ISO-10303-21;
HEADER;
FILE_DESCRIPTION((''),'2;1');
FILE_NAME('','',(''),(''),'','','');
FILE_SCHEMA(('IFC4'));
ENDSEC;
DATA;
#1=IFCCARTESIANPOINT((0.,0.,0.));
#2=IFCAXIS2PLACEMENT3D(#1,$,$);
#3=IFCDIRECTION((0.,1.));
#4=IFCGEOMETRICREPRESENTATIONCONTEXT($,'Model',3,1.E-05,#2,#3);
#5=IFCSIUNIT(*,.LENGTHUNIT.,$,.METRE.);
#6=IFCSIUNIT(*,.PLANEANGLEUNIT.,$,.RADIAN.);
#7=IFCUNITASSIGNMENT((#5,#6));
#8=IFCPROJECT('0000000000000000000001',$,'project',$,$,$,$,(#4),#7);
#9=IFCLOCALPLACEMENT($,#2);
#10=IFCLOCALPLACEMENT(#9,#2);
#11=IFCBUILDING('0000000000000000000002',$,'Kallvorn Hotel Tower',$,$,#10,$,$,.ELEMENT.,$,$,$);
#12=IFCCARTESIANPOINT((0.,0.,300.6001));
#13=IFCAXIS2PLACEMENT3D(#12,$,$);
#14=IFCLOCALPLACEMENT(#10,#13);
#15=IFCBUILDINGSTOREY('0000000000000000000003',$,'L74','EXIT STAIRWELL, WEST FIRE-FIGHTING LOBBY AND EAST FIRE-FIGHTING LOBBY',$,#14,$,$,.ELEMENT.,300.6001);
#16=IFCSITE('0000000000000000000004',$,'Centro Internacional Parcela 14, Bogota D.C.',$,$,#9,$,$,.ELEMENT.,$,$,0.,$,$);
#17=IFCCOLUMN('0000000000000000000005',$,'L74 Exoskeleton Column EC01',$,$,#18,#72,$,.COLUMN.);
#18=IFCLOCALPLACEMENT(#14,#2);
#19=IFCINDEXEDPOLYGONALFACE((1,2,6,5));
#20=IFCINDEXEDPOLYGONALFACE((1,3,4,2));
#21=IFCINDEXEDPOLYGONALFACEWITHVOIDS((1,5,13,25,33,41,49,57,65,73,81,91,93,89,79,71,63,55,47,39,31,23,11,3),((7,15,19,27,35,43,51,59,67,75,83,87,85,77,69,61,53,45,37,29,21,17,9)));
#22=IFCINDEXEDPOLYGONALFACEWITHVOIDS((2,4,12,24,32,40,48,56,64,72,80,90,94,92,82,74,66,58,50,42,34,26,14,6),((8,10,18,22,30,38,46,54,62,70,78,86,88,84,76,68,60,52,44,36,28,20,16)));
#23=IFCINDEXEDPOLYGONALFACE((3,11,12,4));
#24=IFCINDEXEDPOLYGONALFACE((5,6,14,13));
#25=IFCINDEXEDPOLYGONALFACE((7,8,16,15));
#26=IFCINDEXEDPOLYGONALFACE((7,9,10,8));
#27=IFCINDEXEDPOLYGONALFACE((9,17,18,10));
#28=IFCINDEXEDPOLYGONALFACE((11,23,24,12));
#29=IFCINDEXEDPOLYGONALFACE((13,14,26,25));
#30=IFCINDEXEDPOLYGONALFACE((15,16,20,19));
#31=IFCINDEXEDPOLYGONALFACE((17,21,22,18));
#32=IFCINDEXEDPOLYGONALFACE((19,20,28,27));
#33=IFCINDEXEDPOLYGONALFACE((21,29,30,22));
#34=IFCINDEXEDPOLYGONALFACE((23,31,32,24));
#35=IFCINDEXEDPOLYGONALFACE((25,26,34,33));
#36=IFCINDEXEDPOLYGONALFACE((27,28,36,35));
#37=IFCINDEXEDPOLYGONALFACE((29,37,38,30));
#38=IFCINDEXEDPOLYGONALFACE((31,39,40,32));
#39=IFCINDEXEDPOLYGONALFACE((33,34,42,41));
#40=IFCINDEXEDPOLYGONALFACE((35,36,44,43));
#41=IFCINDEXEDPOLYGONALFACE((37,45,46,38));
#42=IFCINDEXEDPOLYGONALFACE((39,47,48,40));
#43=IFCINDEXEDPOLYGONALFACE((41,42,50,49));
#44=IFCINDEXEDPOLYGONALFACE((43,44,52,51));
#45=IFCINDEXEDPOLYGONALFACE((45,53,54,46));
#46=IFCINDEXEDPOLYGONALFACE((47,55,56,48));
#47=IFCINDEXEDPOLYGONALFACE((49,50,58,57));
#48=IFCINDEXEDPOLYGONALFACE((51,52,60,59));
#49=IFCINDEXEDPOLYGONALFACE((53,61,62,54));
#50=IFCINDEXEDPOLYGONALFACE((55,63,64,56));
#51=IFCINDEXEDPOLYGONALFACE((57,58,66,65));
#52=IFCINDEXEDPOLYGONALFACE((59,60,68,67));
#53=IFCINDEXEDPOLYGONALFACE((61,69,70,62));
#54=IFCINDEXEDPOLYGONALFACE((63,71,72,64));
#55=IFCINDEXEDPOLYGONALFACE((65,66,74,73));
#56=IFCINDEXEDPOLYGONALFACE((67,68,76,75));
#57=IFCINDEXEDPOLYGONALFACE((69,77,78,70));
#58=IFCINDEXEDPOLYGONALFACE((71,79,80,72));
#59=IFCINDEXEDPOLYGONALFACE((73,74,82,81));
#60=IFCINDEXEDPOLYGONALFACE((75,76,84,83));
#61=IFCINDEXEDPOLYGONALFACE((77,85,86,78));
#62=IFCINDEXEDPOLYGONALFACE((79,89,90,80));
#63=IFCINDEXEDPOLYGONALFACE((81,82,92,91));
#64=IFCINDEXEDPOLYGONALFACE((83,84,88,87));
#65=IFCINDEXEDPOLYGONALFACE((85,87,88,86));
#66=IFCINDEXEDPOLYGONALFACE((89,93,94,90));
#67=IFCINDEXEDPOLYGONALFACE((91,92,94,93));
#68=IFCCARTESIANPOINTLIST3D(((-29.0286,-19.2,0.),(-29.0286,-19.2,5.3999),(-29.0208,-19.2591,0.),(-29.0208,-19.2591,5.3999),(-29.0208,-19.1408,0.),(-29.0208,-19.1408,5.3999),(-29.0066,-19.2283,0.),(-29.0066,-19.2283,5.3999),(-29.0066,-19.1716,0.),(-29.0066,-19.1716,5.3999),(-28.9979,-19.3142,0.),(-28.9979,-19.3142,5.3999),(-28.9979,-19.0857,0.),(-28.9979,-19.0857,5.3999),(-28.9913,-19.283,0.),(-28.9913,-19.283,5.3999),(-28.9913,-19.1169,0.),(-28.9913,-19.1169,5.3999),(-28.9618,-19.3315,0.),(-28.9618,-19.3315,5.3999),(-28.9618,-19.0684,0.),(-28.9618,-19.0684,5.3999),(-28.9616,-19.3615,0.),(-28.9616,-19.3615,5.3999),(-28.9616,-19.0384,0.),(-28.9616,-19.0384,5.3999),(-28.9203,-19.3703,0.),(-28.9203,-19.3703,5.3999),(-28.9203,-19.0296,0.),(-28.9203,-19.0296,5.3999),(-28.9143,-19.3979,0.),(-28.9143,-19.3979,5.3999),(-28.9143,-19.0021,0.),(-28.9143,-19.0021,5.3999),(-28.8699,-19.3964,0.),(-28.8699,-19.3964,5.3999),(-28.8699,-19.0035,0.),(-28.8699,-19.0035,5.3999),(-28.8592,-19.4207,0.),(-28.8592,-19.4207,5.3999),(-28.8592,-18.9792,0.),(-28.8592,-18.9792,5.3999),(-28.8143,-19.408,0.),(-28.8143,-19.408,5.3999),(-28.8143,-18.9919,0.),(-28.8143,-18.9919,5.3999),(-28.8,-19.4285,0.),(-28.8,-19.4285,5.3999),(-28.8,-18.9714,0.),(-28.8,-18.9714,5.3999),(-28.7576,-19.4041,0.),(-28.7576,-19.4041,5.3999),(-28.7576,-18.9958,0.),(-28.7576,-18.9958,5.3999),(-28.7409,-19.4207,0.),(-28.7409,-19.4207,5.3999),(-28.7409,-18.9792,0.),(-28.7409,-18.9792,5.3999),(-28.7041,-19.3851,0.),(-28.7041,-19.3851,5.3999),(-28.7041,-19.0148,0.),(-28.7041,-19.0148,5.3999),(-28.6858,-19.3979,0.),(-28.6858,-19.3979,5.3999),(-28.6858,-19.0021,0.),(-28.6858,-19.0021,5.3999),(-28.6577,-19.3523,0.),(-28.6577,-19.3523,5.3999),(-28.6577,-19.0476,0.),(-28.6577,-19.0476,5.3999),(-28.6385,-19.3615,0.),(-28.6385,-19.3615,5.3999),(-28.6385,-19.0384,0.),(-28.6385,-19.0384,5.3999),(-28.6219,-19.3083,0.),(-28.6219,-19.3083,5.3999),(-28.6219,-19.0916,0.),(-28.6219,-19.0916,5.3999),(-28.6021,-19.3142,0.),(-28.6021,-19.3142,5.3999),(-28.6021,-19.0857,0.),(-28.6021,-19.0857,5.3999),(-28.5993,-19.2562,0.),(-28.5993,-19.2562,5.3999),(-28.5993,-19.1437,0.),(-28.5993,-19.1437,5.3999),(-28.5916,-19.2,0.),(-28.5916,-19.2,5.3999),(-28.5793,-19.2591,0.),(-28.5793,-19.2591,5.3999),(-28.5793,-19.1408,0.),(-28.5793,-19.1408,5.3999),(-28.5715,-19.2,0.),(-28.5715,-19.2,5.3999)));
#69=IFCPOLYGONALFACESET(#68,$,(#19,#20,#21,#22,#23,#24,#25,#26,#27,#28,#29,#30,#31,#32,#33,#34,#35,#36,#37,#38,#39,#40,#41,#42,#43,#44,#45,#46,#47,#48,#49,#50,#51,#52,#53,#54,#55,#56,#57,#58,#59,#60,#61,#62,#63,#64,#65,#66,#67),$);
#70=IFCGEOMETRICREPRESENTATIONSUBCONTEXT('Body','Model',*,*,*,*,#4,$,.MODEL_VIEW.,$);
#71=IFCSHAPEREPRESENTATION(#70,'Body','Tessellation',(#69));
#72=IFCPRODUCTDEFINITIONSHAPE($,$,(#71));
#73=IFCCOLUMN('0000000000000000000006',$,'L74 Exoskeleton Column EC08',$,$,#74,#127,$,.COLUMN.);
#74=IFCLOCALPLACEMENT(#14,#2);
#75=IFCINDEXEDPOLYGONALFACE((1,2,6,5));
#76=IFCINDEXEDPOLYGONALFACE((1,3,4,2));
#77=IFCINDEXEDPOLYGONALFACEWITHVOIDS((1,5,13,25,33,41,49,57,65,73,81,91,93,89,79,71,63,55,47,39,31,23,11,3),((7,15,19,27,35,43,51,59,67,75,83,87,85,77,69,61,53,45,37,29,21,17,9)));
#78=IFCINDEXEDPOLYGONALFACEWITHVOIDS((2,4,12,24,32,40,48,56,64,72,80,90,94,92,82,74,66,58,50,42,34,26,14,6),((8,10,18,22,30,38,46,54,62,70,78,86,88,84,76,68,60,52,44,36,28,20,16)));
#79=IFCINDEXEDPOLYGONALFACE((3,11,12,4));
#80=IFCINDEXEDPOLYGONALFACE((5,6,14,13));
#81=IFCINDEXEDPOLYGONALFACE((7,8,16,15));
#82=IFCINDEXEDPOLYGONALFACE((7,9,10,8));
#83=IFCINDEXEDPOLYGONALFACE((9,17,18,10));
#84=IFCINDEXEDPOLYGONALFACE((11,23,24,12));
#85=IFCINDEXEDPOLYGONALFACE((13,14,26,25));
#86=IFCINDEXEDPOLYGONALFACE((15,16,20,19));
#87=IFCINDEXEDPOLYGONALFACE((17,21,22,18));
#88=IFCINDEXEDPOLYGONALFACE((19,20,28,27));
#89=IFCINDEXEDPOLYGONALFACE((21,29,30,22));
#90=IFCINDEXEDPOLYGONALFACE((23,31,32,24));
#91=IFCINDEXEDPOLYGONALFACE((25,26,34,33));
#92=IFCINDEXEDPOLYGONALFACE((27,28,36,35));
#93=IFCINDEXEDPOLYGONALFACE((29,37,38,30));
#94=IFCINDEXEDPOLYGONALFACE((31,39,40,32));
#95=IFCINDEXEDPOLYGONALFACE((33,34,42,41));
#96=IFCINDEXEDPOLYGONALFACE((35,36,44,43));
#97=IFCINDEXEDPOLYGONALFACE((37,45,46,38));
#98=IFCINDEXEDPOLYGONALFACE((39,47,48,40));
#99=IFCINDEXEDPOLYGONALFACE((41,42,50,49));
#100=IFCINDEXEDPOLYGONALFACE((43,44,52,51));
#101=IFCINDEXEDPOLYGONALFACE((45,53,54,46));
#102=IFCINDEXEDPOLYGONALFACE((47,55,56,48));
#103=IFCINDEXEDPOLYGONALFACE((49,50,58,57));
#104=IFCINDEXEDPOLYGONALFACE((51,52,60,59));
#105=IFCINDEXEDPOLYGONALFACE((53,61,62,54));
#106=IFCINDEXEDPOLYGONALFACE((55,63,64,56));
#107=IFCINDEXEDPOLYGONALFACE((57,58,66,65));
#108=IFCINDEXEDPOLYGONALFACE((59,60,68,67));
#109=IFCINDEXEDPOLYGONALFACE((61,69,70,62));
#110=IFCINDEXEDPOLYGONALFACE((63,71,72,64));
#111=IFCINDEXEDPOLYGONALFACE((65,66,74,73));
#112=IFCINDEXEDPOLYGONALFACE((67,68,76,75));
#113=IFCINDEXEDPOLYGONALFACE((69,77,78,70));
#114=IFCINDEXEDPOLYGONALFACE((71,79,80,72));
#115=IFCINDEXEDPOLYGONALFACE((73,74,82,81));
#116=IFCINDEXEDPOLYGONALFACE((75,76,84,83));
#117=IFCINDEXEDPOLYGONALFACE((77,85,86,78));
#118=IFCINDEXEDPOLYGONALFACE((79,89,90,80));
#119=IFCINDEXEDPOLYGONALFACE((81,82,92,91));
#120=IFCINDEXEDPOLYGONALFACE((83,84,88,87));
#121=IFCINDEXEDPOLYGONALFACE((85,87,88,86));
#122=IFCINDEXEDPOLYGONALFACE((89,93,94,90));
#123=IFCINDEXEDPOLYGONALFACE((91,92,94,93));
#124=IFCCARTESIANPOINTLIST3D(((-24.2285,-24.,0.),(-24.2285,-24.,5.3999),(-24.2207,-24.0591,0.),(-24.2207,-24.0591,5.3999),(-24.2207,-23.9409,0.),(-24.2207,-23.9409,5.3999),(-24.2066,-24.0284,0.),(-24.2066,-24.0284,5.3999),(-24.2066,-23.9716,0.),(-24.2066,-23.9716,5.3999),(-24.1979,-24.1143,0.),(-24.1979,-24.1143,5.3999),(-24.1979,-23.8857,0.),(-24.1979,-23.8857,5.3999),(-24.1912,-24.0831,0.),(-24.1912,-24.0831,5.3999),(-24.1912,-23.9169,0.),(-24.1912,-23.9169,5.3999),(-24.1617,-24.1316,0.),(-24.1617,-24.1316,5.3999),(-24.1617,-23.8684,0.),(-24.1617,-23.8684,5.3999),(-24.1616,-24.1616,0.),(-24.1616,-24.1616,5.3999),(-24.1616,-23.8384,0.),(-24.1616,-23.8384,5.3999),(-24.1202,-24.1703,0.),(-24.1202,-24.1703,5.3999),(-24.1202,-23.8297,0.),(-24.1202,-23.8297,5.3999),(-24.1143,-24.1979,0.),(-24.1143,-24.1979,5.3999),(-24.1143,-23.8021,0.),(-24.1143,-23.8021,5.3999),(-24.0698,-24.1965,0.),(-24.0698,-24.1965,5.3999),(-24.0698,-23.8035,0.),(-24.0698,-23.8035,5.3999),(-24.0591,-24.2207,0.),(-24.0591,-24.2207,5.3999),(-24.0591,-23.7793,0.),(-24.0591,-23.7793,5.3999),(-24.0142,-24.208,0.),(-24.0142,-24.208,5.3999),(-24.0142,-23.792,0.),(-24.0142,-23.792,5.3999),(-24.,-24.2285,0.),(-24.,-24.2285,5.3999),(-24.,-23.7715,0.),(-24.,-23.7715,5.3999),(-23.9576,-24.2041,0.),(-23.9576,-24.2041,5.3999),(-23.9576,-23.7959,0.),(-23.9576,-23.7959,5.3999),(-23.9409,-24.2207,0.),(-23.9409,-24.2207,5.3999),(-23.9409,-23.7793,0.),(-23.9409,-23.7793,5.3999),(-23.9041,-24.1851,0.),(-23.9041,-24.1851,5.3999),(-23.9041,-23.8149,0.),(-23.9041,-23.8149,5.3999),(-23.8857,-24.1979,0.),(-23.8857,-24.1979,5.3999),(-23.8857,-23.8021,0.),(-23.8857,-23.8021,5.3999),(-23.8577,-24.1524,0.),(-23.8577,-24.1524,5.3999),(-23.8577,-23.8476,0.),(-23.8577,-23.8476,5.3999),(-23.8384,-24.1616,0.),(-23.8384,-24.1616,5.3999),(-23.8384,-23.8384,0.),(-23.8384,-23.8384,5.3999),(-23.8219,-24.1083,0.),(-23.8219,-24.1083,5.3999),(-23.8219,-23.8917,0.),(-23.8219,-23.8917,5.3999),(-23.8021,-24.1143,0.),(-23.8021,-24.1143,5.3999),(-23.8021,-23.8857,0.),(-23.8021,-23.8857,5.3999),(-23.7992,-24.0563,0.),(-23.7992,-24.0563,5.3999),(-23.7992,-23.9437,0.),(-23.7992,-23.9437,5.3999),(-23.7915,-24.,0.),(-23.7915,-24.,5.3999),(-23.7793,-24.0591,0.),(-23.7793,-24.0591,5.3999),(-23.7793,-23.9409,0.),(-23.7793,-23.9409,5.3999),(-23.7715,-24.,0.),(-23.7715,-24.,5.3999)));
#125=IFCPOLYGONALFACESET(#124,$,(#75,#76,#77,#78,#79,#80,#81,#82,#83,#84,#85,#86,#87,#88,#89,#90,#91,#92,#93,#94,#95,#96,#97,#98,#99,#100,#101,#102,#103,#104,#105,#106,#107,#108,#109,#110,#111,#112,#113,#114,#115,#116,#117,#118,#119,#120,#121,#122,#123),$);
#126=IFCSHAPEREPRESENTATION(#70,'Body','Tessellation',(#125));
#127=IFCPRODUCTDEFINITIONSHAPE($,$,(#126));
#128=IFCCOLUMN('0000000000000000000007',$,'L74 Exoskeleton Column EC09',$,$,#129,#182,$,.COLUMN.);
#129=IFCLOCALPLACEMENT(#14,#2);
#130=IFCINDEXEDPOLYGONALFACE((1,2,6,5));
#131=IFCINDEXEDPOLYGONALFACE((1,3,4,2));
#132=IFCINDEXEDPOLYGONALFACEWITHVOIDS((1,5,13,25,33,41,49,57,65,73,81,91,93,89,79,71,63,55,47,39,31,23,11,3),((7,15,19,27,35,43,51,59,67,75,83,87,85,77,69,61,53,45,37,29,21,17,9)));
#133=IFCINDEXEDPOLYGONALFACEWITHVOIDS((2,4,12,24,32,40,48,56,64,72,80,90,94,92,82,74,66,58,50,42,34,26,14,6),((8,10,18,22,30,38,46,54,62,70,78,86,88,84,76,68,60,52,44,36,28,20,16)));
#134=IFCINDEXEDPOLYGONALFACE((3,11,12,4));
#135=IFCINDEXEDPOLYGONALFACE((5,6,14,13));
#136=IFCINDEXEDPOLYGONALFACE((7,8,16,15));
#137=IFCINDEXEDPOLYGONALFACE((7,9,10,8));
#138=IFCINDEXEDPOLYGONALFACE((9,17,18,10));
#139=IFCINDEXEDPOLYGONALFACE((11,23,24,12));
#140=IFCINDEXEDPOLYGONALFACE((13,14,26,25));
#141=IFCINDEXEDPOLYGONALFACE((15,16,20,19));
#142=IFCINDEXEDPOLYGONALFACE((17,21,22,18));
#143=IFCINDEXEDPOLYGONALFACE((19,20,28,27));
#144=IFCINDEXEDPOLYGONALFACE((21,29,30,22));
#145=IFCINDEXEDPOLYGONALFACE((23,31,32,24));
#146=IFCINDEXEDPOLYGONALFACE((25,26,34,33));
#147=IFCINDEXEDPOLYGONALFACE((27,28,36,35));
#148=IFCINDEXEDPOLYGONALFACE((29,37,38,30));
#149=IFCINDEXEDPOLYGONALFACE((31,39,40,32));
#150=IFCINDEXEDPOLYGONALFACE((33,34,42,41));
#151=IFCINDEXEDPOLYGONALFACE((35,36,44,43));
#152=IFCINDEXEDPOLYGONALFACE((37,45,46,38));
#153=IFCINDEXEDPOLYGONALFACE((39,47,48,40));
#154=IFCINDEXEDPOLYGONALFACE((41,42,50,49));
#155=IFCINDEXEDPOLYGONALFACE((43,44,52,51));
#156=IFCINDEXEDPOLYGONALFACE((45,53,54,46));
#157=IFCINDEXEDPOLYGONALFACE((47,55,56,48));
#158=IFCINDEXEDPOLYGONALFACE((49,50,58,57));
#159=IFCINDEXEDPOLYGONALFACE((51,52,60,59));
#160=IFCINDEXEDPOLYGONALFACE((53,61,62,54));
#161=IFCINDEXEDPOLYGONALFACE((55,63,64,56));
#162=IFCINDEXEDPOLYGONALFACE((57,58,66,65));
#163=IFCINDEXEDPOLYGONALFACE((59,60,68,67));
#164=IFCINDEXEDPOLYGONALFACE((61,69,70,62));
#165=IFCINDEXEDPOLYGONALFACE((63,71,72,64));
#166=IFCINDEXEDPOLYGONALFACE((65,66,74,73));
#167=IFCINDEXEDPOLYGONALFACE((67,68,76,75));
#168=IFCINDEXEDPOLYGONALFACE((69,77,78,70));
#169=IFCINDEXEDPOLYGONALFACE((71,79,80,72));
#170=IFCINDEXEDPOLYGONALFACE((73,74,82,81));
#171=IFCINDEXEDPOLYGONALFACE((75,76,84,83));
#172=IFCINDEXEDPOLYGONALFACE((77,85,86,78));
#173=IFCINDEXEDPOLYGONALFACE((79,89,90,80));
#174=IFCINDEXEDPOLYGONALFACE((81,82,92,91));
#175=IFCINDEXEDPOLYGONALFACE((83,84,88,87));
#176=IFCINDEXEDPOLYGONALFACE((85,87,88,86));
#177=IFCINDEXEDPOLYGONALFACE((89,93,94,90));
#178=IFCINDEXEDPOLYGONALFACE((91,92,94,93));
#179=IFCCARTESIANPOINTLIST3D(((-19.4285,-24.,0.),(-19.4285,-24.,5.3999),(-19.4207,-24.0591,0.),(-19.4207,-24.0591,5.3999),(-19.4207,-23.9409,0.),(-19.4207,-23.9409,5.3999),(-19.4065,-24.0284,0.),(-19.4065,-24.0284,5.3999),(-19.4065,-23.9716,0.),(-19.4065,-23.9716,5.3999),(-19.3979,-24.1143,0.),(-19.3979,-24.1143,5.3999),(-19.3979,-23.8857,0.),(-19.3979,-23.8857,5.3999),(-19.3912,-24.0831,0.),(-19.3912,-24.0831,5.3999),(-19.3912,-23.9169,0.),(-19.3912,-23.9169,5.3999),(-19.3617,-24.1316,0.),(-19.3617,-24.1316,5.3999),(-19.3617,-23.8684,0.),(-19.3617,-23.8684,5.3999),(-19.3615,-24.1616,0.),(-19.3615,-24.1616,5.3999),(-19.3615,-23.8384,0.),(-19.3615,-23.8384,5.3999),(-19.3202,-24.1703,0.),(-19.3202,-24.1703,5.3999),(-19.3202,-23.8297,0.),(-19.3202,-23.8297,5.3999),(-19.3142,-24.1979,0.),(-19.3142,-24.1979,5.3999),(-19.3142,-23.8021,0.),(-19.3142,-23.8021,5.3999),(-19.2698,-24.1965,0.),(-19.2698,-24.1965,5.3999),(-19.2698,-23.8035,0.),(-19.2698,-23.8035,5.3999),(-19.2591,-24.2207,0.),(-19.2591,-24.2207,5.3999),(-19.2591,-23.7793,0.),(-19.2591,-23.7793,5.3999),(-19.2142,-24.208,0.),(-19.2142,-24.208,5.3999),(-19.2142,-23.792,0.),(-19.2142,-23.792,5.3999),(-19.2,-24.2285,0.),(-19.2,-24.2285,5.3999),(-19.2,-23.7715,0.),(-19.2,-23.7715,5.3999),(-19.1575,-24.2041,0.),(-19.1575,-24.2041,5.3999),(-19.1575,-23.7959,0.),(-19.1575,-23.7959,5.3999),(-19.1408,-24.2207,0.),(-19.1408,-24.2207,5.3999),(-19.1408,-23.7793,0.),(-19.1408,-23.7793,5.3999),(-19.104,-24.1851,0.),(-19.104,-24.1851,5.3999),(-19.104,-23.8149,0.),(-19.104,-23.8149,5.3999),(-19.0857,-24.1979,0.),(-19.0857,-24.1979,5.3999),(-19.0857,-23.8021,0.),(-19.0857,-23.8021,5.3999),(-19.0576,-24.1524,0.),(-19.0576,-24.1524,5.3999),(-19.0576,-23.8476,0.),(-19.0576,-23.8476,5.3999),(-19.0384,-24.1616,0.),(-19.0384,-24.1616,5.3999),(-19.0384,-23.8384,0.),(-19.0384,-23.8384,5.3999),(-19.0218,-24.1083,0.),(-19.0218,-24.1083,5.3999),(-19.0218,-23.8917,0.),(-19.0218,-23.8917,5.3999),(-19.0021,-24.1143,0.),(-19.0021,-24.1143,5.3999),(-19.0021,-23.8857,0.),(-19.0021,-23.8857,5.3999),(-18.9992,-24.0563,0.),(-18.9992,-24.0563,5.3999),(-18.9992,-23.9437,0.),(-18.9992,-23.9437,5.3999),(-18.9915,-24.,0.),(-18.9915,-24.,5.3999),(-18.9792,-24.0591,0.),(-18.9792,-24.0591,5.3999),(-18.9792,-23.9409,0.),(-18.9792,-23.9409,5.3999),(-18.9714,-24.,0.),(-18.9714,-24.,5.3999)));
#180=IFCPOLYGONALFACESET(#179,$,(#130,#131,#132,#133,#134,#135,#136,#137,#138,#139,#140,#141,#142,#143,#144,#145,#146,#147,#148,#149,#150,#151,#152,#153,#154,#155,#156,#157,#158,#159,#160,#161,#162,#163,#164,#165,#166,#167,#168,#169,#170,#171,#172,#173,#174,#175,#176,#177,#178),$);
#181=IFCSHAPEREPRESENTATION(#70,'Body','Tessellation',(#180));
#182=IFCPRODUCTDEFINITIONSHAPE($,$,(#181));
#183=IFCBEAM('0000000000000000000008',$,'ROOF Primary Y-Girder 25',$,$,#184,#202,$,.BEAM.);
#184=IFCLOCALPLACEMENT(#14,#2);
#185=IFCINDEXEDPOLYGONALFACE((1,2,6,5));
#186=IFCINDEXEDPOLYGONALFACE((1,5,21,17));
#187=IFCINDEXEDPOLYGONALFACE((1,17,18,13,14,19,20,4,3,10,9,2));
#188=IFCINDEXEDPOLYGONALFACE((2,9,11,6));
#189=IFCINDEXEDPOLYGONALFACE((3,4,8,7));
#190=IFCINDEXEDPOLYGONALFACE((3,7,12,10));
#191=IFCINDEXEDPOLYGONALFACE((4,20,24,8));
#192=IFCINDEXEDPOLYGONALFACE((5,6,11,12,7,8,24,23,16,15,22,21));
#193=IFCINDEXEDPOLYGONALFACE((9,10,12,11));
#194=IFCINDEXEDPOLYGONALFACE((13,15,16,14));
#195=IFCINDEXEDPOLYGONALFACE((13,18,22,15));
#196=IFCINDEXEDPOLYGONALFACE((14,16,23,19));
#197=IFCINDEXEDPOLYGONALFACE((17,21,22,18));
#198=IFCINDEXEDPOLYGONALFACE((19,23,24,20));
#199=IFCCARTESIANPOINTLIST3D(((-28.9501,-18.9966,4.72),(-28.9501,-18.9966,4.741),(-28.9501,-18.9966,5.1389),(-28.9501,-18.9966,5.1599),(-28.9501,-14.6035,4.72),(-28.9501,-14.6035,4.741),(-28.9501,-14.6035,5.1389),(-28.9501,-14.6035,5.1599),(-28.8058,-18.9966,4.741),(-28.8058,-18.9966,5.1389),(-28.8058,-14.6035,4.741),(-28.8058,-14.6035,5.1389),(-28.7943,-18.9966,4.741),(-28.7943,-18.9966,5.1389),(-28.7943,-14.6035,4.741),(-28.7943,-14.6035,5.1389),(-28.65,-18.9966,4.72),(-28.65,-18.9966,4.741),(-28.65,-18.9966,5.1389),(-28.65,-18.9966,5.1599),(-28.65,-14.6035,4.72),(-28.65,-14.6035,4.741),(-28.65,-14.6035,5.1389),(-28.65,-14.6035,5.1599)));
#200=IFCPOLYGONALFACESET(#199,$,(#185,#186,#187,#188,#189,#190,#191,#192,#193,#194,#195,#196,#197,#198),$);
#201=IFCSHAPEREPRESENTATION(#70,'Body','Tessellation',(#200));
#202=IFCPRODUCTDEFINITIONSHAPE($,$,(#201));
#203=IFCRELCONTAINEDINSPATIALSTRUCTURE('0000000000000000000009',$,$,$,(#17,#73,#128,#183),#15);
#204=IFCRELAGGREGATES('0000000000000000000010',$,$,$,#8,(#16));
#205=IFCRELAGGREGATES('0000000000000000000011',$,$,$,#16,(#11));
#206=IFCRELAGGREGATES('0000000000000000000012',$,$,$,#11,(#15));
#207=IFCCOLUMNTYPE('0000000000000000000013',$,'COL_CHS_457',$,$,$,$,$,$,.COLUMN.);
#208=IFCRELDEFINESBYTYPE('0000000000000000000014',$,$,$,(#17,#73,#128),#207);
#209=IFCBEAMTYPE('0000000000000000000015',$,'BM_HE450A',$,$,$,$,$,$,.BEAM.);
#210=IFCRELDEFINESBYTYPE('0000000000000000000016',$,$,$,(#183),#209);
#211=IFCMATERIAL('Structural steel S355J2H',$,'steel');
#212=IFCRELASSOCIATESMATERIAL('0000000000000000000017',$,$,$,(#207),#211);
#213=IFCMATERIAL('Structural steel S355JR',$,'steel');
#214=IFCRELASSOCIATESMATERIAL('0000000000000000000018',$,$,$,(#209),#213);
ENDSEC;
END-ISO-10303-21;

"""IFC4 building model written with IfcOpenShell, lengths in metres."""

from ifc_helpers import new_model, si_unit, direction, frame, origin, origin_2d, place, context, subcontext, project, spatial, hollow_circle, i_section, extrude, material, material_profile, profile_set, type_object, element, save


model = new_model("IFC4")

# Units and contexts
model_context = context("Model", 3, precision=1e-05, world=origin(), true_north=direction((0.0, 1.0)))
body_context = subcontext(model_context, "Body", "Model", "MODEL_VIEW")
ifc_project = project(units=[si_unit("LENGTHUNIT", "METRE"), si_unit("PLANEANGLEUNIT", "RADIAN")], contexts=[model_context])

# Site, building, storey
site_placement = place(None, origin())
site = spatial("IfcSite", under=ifc_project, at=site_placement, Name="Centro Internacional Parcela 14, Bogota D.C.", CompositionType="ELEMENT", RefElevation=0.0)
building_placement = place(site_placement, origin())
building = spatial("IfcBuilding", under=site, at=building_placement, Name="Kallvorn Hotel Tower", CompositionType="ELEMENT")
storey_placement = place(building_placement, frame((0.0, 0.0, 300.6001)))
storey = spatial("IfcBuildingStorey", under=building, at=storey_placement, Name="L74", Description="EXIT STAIRWELL, WEST FIRE-FIGHTING LOBBY AND EAST FIRE-FIGHTING LOBBY", CompositionType="ELEMENT", Elevation=300.6001)

# Columns
ifc_material_1 = material(Name="Structural steel S355J2H", Category="steel")
ifc_material_profile_1 = material_profile(ifc_material_1, hollow_circle(Radius=0.2285, WallThickness=0.02, at=origin_2d()), Name="CHS 457x20")
ifc_profile_set_1 = profile_set([ifc_material_profile_1], Name="Structural steel S355J2H")
column_type = type_object("IfcColumnType", Name="COL_CHS_457", PredefinedType="COLUMN", material=ifc_profile_set_1)
for number, where, z_axis, x_axis, name in (
    (1, (-28.8, -19.2, 0.0), (0.0, 0.0, 1.0), (1.0, 0.0, 0.0), "L74 Exoskeleton Column EC01"),
    (2, (-24.0, -24.0, 0.0), (0.0, 0.0, 1.0), (1.0, 0.0, 0.0), "L74 Exoskeleton Column EC08"),
    (3, (-19.2, -24.0, 0.0), (0.0, 0.0, 1.0), (1.0, 0.0, 0.0), "L74 Exoskeleton Column EC09"),
):
    element("IfcColumn", number, at=place(storey_placement, frame(where, z_axis=z_axis, x_axis=x_axis)), inside=storey, type_object=column_type, Name=name, PredefinedType="COLUMN", context=body_context, shape_type="SweptSolid", body=[
        extrude(hollow_circle(Radius=0.2285, WallThickness=0.02, at=origin_2d()), origin(), (0.0, 0.0, 1.0), 5.3999),
    ])

# Beam
ifc_material_2 = material(Name="Structural steel S355JR", Category="steel")
ifc_material_profile_2 = material_profile(ifc_material_2, i_section(OverallWidth=0.3, OverallDepth=0.4399, WebThickness=0.0115, FlangeThickness=0.021, at=origin_2d()), Name="HE 450 A")
ifc_profile_set_2 = profile_set([ifc_material_profile_2], Name="Structural steel S355JR")
beam_type_1 = type_object("IfcBeamType", Name="BM_HE450A", PredefinedType="BEAM", material=ifc_profile_set_2)
beam_1_placement = place(storey_placement, frame((-28.8, -18.9966, 4.9399), z_axis=(0.0, 1.0, 0.0), x_axis=(-1.0, 0.0, 0.0)))
element("IfcBeam", 4, at=beam_1_placement, inside=storey, type_object=beam_type_1, Name="ROOF Primary Y-Girder 25", PredefinedType="BEAM", context=body_context, shape_type="SweptSolid", body=[
    extrude(i_section(OverallWidth=0.3, OverallDepth=0.4399, WebThickness=0.0115, FlangeThickness=0.021, at=origin_2d()), origin(), (0.0, 0.0, 1.0), 4.3931),
])

save(model, "model.ifc")
